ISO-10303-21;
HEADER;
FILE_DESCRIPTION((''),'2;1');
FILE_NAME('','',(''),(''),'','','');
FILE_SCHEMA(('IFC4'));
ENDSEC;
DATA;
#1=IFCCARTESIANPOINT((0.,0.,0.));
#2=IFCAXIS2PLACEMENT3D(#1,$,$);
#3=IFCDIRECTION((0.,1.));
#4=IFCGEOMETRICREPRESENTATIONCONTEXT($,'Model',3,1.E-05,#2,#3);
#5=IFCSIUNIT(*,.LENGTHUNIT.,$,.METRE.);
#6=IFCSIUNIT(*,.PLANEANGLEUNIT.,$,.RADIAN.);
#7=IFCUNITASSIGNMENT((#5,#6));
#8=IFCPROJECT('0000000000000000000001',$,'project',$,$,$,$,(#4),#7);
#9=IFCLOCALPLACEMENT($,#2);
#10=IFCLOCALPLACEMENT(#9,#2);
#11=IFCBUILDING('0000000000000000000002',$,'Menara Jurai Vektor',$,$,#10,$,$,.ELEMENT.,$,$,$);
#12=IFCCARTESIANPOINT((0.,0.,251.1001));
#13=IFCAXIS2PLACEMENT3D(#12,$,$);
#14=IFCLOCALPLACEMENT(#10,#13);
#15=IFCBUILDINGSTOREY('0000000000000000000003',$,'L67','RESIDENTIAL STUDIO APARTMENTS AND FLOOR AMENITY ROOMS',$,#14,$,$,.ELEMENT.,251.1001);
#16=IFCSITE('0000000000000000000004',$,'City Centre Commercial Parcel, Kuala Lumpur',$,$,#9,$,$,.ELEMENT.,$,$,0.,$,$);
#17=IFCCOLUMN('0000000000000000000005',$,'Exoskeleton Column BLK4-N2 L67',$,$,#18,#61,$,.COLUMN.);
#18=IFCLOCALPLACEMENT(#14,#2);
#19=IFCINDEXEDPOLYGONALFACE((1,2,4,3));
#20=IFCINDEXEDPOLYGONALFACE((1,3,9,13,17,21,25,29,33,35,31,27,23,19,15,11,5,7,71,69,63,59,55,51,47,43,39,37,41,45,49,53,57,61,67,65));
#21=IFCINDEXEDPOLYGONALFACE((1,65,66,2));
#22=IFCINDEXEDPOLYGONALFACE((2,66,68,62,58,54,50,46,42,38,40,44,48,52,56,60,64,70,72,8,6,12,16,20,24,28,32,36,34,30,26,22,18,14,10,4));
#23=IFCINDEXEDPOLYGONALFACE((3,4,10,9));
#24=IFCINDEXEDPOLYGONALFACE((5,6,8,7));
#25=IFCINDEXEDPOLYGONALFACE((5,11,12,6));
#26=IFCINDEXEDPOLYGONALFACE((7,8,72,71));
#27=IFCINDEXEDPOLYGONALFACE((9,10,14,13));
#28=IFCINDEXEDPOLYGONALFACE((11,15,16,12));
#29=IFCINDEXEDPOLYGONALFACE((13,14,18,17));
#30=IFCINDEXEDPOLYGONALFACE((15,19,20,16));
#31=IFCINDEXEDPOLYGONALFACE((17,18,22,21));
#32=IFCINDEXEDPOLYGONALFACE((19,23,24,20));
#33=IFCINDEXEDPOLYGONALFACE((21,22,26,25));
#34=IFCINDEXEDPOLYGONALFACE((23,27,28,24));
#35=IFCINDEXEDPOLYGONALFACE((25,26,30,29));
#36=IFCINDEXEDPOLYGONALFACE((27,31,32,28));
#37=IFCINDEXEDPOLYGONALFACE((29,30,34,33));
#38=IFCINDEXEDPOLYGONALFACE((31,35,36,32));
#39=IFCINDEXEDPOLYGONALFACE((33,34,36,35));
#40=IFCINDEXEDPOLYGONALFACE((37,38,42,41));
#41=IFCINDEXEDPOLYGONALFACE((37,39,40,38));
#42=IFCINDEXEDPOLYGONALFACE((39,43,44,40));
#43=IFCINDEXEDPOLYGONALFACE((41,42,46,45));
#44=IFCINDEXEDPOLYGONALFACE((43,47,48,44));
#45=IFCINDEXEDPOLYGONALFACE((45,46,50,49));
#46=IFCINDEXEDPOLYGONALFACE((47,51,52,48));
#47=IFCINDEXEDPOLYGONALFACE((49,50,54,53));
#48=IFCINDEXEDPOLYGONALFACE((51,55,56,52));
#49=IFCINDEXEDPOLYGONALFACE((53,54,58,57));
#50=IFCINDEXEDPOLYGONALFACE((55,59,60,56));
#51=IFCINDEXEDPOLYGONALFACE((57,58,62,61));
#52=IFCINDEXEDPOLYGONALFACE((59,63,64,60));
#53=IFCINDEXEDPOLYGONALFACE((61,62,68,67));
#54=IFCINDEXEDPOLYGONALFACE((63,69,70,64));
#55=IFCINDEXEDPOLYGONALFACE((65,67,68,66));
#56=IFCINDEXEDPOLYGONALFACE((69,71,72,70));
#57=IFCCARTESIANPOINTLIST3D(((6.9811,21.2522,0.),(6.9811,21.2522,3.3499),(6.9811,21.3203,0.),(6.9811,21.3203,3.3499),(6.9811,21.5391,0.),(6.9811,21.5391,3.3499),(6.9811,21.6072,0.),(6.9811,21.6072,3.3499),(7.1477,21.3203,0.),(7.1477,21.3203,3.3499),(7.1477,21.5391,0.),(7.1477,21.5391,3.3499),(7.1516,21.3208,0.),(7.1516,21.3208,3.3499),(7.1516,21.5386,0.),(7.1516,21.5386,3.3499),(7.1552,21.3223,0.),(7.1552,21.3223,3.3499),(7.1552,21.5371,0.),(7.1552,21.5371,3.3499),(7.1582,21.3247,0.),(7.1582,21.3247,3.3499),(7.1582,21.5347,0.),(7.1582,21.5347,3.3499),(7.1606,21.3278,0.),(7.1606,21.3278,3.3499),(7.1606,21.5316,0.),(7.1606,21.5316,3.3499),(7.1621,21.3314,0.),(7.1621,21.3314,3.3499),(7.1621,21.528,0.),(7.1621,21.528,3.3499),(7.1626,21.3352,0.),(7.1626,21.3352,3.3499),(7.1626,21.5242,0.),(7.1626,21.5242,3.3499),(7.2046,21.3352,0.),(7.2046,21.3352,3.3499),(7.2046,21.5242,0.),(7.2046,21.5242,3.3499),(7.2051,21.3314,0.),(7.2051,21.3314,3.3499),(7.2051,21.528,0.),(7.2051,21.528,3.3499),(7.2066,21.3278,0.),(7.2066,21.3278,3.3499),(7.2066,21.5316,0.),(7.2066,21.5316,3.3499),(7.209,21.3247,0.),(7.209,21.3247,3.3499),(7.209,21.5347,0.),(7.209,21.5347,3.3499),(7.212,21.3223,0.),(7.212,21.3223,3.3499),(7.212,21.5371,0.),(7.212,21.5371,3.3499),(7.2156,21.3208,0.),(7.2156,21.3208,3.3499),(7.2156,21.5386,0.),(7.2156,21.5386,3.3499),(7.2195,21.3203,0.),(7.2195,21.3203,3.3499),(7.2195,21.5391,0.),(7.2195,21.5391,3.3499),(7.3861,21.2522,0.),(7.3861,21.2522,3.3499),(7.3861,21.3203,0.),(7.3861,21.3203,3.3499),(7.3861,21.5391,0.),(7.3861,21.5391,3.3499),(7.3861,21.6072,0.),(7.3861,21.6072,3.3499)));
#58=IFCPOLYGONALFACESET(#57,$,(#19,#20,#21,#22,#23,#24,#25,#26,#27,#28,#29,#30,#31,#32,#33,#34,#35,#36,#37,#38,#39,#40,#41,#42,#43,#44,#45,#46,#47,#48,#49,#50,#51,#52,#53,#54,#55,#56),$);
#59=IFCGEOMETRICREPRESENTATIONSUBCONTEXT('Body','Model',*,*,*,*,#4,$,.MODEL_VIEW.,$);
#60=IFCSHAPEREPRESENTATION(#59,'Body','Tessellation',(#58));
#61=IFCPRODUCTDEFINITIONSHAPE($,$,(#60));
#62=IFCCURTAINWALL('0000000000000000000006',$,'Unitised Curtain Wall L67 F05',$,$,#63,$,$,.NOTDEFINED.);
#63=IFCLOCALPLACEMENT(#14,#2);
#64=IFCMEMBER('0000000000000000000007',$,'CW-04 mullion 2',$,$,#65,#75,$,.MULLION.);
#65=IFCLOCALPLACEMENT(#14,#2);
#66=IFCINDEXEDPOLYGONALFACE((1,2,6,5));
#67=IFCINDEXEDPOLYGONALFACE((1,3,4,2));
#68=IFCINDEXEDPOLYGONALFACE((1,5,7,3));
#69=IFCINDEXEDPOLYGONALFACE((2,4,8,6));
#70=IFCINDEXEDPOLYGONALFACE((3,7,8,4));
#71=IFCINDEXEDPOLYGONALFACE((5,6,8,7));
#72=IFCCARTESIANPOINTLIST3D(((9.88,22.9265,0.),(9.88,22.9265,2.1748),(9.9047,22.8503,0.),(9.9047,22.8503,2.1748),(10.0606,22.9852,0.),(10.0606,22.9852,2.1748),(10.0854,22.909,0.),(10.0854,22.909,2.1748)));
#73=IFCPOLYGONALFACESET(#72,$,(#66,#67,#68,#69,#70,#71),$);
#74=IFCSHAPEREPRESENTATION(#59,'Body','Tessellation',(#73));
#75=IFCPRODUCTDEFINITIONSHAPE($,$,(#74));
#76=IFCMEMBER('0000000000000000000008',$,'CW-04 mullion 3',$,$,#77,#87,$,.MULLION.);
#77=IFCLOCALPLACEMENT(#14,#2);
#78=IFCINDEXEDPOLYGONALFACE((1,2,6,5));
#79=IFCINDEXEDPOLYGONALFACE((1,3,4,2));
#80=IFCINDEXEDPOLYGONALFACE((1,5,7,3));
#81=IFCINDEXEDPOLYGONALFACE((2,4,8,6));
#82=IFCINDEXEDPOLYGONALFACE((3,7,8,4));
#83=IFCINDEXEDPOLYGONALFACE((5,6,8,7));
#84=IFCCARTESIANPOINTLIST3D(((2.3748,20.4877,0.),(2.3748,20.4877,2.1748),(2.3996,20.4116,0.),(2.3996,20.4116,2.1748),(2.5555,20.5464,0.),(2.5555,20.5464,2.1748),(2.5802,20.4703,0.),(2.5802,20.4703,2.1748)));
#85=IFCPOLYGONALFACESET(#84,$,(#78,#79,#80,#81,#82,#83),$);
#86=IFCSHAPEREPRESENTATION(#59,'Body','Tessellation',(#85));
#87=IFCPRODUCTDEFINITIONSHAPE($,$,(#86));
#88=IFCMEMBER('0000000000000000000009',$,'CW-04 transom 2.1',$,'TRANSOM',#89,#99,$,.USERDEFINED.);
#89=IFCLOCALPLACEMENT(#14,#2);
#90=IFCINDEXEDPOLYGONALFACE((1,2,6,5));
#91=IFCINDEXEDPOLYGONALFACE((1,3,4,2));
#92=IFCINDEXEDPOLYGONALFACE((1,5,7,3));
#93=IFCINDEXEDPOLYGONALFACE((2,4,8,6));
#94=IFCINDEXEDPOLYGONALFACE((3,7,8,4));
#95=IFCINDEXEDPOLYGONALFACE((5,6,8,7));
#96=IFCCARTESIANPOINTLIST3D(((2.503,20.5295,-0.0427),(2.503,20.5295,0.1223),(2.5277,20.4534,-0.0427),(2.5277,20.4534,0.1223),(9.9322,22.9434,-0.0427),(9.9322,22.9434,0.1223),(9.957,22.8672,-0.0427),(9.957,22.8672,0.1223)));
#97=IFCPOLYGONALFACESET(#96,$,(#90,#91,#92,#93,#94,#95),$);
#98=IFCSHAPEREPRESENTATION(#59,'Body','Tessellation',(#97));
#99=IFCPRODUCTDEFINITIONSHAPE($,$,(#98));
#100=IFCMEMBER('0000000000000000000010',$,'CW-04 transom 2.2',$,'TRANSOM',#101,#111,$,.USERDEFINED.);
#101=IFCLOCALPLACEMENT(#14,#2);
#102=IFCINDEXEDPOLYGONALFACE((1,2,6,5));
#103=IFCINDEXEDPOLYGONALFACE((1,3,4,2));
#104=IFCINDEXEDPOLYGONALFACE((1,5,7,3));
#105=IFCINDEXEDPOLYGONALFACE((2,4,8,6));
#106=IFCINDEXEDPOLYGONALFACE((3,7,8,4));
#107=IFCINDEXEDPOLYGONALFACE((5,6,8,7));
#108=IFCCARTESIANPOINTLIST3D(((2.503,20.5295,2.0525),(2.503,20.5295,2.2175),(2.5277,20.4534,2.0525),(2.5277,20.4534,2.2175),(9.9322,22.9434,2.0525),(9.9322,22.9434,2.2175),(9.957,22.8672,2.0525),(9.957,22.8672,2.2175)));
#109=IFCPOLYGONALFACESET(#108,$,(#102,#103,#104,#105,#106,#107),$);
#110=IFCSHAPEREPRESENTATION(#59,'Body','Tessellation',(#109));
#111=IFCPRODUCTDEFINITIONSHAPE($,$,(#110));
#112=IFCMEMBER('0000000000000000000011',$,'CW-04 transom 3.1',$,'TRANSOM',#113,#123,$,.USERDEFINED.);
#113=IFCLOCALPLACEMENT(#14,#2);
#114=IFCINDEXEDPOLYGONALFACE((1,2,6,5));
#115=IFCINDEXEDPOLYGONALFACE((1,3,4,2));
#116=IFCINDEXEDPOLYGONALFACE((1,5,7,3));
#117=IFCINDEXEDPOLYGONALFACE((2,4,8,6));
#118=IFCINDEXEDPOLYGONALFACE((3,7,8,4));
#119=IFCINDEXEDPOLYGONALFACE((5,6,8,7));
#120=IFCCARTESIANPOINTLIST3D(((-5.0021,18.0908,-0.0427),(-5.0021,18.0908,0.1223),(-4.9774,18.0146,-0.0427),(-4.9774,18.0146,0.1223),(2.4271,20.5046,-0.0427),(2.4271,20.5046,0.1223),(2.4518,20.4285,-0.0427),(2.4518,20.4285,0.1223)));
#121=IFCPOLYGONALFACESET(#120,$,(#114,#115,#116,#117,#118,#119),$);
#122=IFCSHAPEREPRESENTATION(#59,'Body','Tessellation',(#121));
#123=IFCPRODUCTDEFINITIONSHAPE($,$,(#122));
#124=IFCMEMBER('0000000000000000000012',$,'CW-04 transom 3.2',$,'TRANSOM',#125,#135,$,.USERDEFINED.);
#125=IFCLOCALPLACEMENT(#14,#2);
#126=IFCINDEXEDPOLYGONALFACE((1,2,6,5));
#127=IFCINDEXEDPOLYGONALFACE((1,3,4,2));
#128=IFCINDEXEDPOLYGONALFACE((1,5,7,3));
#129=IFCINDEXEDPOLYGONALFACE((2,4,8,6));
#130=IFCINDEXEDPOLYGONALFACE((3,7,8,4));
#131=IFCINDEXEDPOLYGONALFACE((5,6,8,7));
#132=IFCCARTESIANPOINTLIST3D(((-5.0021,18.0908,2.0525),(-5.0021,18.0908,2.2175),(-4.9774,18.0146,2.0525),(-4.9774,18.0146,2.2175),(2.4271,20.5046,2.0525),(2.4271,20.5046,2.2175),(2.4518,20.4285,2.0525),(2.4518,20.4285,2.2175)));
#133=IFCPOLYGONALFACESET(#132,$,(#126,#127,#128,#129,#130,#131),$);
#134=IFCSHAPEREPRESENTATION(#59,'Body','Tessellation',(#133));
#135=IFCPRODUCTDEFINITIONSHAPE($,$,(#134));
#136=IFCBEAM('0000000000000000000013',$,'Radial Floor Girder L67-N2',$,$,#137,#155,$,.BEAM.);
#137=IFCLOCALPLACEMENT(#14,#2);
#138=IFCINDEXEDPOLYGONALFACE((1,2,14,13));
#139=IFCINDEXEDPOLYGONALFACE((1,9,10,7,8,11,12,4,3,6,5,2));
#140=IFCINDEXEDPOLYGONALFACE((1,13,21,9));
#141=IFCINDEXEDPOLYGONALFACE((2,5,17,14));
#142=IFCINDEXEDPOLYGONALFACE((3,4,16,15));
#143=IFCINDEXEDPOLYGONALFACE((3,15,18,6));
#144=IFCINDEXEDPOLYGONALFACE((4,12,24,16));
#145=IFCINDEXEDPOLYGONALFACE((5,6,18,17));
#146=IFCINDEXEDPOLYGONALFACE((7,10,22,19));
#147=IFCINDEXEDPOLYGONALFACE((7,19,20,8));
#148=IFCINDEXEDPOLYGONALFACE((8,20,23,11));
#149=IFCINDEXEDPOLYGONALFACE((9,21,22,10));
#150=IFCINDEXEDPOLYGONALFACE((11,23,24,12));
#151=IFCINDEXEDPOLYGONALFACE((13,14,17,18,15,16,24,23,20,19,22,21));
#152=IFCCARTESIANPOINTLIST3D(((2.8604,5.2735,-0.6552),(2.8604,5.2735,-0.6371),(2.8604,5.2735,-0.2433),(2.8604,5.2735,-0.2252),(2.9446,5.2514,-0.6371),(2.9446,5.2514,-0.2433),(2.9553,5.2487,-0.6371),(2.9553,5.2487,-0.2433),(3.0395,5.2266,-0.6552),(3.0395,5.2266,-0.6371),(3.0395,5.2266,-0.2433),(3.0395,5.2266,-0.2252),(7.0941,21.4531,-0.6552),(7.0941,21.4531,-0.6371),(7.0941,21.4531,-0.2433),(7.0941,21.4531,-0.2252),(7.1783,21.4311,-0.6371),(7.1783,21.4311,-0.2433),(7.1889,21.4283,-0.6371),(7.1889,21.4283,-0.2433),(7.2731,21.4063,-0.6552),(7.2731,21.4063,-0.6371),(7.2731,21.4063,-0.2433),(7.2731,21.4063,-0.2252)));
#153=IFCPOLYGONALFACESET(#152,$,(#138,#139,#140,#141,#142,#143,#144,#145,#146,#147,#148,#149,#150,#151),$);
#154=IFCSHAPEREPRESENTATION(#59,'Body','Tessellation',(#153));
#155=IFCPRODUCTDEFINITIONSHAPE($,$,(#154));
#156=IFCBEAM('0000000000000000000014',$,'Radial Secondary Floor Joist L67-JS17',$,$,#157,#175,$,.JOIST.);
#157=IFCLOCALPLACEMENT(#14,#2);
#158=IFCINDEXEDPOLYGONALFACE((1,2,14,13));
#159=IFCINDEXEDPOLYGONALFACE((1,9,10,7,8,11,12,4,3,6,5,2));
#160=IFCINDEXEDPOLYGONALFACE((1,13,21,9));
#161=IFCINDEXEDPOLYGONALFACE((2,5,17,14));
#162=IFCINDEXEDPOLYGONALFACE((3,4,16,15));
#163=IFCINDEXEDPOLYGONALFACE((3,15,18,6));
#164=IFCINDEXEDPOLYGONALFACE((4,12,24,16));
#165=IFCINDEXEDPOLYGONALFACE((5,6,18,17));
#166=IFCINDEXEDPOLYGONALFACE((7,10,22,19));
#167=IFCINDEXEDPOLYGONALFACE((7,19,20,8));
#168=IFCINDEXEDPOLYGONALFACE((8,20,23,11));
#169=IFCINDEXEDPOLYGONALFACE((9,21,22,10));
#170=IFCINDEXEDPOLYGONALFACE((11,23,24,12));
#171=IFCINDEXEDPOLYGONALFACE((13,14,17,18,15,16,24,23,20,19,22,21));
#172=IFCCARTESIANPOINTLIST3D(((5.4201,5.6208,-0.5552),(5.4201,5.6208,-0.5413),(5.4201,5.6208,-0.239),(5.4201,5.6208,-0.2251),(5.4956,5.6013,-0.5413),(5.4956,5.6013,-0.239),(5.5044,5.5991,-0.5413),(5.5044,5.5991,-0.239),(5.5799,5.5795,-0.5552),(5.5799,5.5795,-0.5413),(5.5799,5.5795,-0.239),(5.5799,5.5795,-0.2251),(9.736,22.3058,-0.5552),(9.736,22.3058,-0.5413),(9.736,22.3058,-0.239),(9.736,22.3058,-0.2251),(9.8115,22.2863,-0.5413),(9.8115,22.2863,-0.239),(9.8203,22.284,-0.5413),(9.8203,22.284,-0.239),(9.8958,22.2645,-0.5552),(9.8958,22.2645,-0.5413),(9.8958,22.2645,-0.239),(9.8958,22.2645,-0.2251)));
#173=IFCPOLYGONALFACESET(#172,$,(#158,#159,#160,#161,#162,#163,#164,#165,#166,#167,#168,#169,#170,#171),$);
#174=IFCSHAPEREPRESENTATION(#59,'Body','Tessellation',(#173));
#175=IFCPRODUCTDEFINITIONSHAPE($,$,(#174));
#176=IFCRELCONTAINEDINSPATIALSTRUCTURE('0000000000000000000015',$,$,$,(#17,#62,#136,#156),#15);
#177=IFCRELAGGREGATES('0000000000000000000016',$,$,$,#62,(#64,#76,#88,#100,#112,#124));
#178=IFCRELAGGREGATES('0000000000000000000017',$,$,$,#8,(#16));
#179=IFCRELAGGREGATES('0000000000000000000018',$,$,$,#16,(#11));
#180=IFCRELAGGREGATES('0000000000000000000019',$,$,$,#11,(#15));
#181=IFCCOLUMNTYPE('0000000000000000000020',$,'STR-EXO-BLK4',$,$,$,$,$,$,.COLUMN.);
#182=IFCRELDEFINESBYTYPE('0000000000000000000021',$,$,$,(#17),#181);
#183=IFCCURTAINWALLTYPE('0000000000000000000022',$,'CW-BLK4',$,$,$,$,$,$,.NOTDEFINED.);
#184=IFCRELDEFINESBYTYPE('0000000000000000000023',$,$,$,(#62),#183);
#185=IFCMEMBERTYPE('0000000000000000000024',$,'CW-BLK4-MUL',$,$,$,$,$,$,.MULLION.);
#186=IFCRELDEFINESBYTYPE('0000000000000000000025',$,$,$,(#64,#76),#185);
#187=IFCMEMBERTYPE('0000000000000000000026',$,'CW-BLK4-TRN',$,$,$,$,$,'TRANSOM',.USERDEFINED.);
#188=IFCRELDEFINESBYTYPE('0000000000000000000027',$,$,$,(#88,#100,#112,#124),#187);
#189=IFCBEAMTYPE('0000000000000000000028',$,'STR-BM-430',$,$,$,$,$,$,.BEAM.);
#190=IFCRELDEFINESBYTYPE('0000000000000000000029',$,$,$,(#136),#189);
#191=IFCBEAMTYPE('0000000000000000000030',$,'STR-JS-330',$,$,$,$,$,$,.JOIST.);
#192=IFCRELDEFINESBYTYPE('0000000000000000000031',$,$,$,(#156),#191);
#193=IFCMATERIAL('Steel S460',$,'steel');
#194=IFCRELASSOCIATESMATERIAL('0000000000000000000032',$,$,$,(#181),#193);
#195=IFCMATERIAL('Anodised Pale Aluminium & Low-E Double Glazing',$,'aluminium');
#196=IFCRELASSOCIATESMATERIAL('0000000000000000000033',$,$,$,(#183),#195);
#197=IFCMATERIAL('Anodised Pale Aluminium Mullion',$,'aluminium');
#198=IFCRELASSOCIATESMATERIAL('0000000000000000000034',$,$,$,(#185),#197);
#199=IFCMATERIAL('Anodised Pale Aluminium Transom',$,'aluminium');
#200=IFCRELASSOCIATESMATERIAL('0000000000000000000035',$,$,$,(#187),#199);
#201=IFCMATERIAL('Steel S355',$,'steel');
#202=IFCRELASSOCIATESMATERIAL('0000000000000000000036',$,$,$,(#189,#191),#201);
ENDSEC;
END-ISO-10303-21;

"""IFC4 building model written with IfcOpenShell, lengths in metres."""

from ifc_helpers import new_model, si_unit, direction, frame, origin, origin_2d, place, context, subcontext, project, spatial, rectangle, i_section, extrude, material, material_profile, profile_set, type_object, element, aggregate, save


model = new_model("IFC4")

# Units and contexts
model_context = context("Model", 3, precision=1e-05, world=origin(), true_north=direction((0.0, 1.0)))
body_context = subcontext(model_context, "Body", "Model", "MODEL_VIEW")
ifc_project = project(units=[si_unit("LENGTHUNIT", "METRE"), si_unit("PLANEANGLEUNIT", "RADIAN")], contexts=[model_context])

# Site, building, storey
site_placement = place(None, origin())
site = spatial("IfcSite", under=ifc_project, at=site_placement, Name="City Centre Commercial Parcel, Kuala Lumpur", CompositionType="ELEMENT", RefElevation=0.0)
building_placement = place(site_placement, origin())
building = spatial("IfcBuilding", under=site, at=building_placement, Name="Menara Jurai Vektor", CompositionType="ELEMENT")
storey_placement = place(building_placement, frame((0.0, 0.0, 251.1001)))
storey = spatial("IfcBuildingStorey", under=building, at=storey_placement, Name="L67", Description="RESIDENTIAL STUDIO APARTMENTS AND FLOOR AMENITY ROOMS", CompositionType="ELEMENT", Elevation=251.1001)

# Column
ifc_material_1 = material(Name="Steel S460", Category="steel")
ifc_material_profile_1 = material_profile(ifc_material_1, i_section(OverallWidth=0.405, OverallDepth=0.355, WebThickness=0.042, FlangeThickness=0.0681, FilletRadius=0.0149, at=origin_2d()), Name="HD 400x551")
ifc_profile_set_1 = profile_set([ifc_material_profile_1], Name="Steel S460")
column_type = type_object("IfcColumnType", Name="STR-EXO-BLK4", PredefinedType="COLUMN", material=ifc_profile_set_1)
column_placement = place(storey_placement, frame((7.1836, 21.4297, 0.0), z_axis=(0.0, 0.0, 1.0), x_axis=(1.0, 0.0, 0.0)))
element("IfcColumn", 1, at=column_placement, inside=storey, type_object=column_type, Name="Exoskeleton Column BLK4-N2 L67", PredefinedType="COLUMN", context=body_context, shape_type="SweptSolid", body=[
    extrude(i_section(OverallWidth=0.405, OverallDepth=0.355, WebThickness=0.042, FlangeThickness=0.0681, FilletRadius=0.0149, at=origin_2d()), origin(), (0.0, 0.0, 1.0), 3.3499),
])

# Curtain wall, members
ifc_material_2 = material(Name="Anodised Pale Aluminium & Low-E Double Glazing", Category="aluminium")
curtain_wall_type = type_object("IfcCurtainWallType", Name="CW-BLK4", PredefinedType="NOTDEFINED", material=ifc_material_2)
curtain_wall_placement = place(storey_placement, origin())
curtain_wall = element("IfcCurtainWall", 2, at=curtain_wall_placement, inside=storey, type_object=curtain_wall_type, Name="Unitised Curtain Wall L67 F05", PredefinedType="NOTDEFINED")
ifc_material_3 = material(Name="Anodised Pale Aluminium Mullion", Category="aluminium")
ifc_material_profile_2 = material_profile(ifc_material_3, rectangle(XDim=0.0801, YDim=0.1899, at=origin_2d()), Name="ALU MUL 80x190")
ifc_profile_set_2 = profile_set([ifc_material_profile_2], Name="Anodised Pale Aluminium Mullion")
member_type_1 = type_object("IfcMemberType", Name="CW-BLK4-MUL", PredefinedType="MULLION", material=ifc_profile_set_2)
member_1_placement = place(storey_placement, frame((9.9827, 22.9177, 0.0), z_axis=(0.0, 0.0, 1.0), x_axis=(0.309017, -0.951056, 0.0)))
member_1 = element("IfcMember", 3, at=member_1_placement, type_object=member_type_1, Name="CW-04 mullion 2", PredefinedType="MULLION", context=body_context, shape_type="SweptSolid", body=[
    extrude(rectangle(XDim=0.0801, YDim=0.1899, at=origin_2d()), origin(), (0.0, 0.0, 1.0), 2.1748),
])
member_2_placement = place(storey_placement, frame((2.4775, 20.479, 0.0), z_axis=(0.0, 0.0, 1.0), x_axis=(0.309017, -0.951056, 0.0)))
member_2 = element("IfcMember", 4, at=member_2_placement, type_object=member_type_1, Name="CW-04 mullion 3", PredefinedType="MULLION", context=body_context, shape_type="SweptSolid", body=[
    extrude(rectangle(XDim=0.0801, YDim=0.1899, at=origin_2d()), origin(), (0.0, 0.0, 1.0), 2.1748),
])
ifc_material_4 = material(Name="Anodised Pale Aluminium Transom", Category="aluminium")
ifc_material_profile_3 = material_profile(ifc_material_4, rectangle(XDim=0.0801, YDim=0.165, at=origin_2d()), Name="ALU TRN 80x165")
ifc_profile_set_3 = profile_set([ifc_material_profile_3], Name="Anodised Pale Aluminium Transom")
member_type_2 = type_object("IfcMemberType", Name="CW-BLK4-TRN", ElementType="TRANSOM", PredefinedType="USERDEFINED", material=ifc_profile_set_3)
member_3_placement = place(storey_placement, frame((9.9446, 22.9053, 0.0398), z_axis=(-0.951059, -0.309008, 0.0), x_axis=(0.309008, -0.951059, 0.0)))
member_3 = element("IfcMember", 5, at=member_3_placement, type_object=member_type_2, Name="CW-04 transom 2.1", ObjectType="TRANSOM", PredefinedType="USERDEFINED", context=body_context, shape_type="SweptSolid", body=[
    extrude(rectangle(XDim=0.0801, YDim=0.165, at=origin_2d()), origin(), (0.0, 0.0, 1.0), 7.8115),
])
member_4_placement = place(storey_placement, frame((9.9446, 22.9053, 2.135), z_axis=(-0.951059, -0.309008, 0.0), x_axis=(0.309008, -0.951059, 0.0)))
member_4 = element("IfcMember", 6, at=member_4_placement, type_object=member_type_2, Name="CW-04 transom 2.2", ObjectType="TRANSOM", PredefinedType="USERDEFINED", context=body_context, shape_type="SweptSolid", body=[
    extrude(rectangle(XDim=0.0801, YDim=0.165, at=origin_2d()), origin(), (0.0, 0.0, 1.0), 7.8115),
])
member_5_placement = place(storey_placement, frame((2.4395, 20.4666, 0.0398), z_axis=(-0.951059, -0.309008, 0.0), x_axis=(0.309008, -0.951059, 0.0)))
member_5 = element("IfcMember", 7, at=member_5_placement, type_object=member_type_2, Name="CW-04 transom 3.1", ObjectType="TRANSOM", PredefinedType="USERDEFINED", context=body_context, shape_type="SweptSolid", body=[
    extrude(rectangle(XDim=0.0801, YDim=0.165, at=origin_2d()), origin(), (0.0, 0.0, 1.0), 7.8115),
])
member_6_placement = place(storey_placement, frame((2.4395, 20.4666, 2.135), z_axis=(-0.951059, -0.309008, 0.0), x_axis=(0.309008, -0.951059, 0.0)))
member_6 = element("IfcMember", 8, at=member_6_placement, type_object=member_type_2, Name="CW-04 transom 3.2", ObjectType="TRANSOM", PredefinedType="USERDEFINED", context=body_context, shape_type="SweptSolid", body=[
    extrude(rectangle(XDim=0.0801, YDim=0.165, at=origin_2d()), origin(), (0.0, 0.0, 1.0), 7.8115),
])

# Beams
ifc_material_5 = material(Name="Steel S355", Category="steel")
ifc_material_profile_4 = material_profile(ifc_material_5, i_section(OverallWidth=0.1851, OverallDepth=0.4299, WebThickness=0.011, FlangeThickness=0.0181, at=origin_2d()), Name="PG 430x185x76")
ifc_profile_set_4 = profile_set([ifc_material_profile_4], Name="Steel S355")
beam_type_1 = type_object("IfcBeamType", Name="STR-BM-430", PredefinedType="BEAM", material=ifc_profile_set_4)
beam_1_placement = place(storey_placement, frame((7.1836, 21.4297, -0.4402), z_axis=(-0.253141, -0.967429, 0.0), x_axis=(0.967429, -0.253141, 0.0)))
element("IfcBeam", 9, at=beam_1_placement, inside=storey, type_object=beam_type_1, Name="Radial Floor Girder L67-N2", PredefinedType="BEAM", context=body_context, shape_type="SweptSolid", body=[
    extrude(i_section(OverallWidth=0.1851, OverallDepth=0.4299, WebThickness=0.011, FlangeThickness=0.0181, at=origin_2d()), origin(), (0.0, 0.0, 1.0), 16.7244),
])
ifc_material_profile_5 = material_profile(ifc_material_5, i_section(OverallWidth=0.165, OverallDepth=0.3301, WebThickness=0.009, FlangeThickness=0.0139, at=origin_2d()), Name="PG 330x165x46")
ifc_profile_set_5 = profile_set([ifc_material_profile_5], Name="Steel S355")
beam_type_2 = type_object("IfcBeamType", Name="STR-JS-330", PredefinedType="JOIST", material=ifc_profile_set_5)
beam_2_placement = place(storey_placement, frame((9.8159, 22.2852, -0.3901), z_axis=(-0.250427, -0.968135, 0.0), x_axis=(0.968135, -0.250427, 0.0)))
element("IfcBeam", 10, at=beam_2_placement, inside=storey, type_object=beam_type_2, Name="Radial Secondary Floor Joist L67-JS17", PredefinedType="JOIST", context=body_context, shape_type="SweptSolid", body=[
    extrude(i_section(OverallWidth=0.165, OverallDepth=0.3301, WebThickness=0.009, FlangeThickness=0.0139, at=origin_2d()), origin(), (0.0, 0.0, 1.0), 17.2341),
])

aggregate(curtain_wall, [member_1, member_2, member_3, member_4, member_5, member_6])

save(model, "model.ifc")
